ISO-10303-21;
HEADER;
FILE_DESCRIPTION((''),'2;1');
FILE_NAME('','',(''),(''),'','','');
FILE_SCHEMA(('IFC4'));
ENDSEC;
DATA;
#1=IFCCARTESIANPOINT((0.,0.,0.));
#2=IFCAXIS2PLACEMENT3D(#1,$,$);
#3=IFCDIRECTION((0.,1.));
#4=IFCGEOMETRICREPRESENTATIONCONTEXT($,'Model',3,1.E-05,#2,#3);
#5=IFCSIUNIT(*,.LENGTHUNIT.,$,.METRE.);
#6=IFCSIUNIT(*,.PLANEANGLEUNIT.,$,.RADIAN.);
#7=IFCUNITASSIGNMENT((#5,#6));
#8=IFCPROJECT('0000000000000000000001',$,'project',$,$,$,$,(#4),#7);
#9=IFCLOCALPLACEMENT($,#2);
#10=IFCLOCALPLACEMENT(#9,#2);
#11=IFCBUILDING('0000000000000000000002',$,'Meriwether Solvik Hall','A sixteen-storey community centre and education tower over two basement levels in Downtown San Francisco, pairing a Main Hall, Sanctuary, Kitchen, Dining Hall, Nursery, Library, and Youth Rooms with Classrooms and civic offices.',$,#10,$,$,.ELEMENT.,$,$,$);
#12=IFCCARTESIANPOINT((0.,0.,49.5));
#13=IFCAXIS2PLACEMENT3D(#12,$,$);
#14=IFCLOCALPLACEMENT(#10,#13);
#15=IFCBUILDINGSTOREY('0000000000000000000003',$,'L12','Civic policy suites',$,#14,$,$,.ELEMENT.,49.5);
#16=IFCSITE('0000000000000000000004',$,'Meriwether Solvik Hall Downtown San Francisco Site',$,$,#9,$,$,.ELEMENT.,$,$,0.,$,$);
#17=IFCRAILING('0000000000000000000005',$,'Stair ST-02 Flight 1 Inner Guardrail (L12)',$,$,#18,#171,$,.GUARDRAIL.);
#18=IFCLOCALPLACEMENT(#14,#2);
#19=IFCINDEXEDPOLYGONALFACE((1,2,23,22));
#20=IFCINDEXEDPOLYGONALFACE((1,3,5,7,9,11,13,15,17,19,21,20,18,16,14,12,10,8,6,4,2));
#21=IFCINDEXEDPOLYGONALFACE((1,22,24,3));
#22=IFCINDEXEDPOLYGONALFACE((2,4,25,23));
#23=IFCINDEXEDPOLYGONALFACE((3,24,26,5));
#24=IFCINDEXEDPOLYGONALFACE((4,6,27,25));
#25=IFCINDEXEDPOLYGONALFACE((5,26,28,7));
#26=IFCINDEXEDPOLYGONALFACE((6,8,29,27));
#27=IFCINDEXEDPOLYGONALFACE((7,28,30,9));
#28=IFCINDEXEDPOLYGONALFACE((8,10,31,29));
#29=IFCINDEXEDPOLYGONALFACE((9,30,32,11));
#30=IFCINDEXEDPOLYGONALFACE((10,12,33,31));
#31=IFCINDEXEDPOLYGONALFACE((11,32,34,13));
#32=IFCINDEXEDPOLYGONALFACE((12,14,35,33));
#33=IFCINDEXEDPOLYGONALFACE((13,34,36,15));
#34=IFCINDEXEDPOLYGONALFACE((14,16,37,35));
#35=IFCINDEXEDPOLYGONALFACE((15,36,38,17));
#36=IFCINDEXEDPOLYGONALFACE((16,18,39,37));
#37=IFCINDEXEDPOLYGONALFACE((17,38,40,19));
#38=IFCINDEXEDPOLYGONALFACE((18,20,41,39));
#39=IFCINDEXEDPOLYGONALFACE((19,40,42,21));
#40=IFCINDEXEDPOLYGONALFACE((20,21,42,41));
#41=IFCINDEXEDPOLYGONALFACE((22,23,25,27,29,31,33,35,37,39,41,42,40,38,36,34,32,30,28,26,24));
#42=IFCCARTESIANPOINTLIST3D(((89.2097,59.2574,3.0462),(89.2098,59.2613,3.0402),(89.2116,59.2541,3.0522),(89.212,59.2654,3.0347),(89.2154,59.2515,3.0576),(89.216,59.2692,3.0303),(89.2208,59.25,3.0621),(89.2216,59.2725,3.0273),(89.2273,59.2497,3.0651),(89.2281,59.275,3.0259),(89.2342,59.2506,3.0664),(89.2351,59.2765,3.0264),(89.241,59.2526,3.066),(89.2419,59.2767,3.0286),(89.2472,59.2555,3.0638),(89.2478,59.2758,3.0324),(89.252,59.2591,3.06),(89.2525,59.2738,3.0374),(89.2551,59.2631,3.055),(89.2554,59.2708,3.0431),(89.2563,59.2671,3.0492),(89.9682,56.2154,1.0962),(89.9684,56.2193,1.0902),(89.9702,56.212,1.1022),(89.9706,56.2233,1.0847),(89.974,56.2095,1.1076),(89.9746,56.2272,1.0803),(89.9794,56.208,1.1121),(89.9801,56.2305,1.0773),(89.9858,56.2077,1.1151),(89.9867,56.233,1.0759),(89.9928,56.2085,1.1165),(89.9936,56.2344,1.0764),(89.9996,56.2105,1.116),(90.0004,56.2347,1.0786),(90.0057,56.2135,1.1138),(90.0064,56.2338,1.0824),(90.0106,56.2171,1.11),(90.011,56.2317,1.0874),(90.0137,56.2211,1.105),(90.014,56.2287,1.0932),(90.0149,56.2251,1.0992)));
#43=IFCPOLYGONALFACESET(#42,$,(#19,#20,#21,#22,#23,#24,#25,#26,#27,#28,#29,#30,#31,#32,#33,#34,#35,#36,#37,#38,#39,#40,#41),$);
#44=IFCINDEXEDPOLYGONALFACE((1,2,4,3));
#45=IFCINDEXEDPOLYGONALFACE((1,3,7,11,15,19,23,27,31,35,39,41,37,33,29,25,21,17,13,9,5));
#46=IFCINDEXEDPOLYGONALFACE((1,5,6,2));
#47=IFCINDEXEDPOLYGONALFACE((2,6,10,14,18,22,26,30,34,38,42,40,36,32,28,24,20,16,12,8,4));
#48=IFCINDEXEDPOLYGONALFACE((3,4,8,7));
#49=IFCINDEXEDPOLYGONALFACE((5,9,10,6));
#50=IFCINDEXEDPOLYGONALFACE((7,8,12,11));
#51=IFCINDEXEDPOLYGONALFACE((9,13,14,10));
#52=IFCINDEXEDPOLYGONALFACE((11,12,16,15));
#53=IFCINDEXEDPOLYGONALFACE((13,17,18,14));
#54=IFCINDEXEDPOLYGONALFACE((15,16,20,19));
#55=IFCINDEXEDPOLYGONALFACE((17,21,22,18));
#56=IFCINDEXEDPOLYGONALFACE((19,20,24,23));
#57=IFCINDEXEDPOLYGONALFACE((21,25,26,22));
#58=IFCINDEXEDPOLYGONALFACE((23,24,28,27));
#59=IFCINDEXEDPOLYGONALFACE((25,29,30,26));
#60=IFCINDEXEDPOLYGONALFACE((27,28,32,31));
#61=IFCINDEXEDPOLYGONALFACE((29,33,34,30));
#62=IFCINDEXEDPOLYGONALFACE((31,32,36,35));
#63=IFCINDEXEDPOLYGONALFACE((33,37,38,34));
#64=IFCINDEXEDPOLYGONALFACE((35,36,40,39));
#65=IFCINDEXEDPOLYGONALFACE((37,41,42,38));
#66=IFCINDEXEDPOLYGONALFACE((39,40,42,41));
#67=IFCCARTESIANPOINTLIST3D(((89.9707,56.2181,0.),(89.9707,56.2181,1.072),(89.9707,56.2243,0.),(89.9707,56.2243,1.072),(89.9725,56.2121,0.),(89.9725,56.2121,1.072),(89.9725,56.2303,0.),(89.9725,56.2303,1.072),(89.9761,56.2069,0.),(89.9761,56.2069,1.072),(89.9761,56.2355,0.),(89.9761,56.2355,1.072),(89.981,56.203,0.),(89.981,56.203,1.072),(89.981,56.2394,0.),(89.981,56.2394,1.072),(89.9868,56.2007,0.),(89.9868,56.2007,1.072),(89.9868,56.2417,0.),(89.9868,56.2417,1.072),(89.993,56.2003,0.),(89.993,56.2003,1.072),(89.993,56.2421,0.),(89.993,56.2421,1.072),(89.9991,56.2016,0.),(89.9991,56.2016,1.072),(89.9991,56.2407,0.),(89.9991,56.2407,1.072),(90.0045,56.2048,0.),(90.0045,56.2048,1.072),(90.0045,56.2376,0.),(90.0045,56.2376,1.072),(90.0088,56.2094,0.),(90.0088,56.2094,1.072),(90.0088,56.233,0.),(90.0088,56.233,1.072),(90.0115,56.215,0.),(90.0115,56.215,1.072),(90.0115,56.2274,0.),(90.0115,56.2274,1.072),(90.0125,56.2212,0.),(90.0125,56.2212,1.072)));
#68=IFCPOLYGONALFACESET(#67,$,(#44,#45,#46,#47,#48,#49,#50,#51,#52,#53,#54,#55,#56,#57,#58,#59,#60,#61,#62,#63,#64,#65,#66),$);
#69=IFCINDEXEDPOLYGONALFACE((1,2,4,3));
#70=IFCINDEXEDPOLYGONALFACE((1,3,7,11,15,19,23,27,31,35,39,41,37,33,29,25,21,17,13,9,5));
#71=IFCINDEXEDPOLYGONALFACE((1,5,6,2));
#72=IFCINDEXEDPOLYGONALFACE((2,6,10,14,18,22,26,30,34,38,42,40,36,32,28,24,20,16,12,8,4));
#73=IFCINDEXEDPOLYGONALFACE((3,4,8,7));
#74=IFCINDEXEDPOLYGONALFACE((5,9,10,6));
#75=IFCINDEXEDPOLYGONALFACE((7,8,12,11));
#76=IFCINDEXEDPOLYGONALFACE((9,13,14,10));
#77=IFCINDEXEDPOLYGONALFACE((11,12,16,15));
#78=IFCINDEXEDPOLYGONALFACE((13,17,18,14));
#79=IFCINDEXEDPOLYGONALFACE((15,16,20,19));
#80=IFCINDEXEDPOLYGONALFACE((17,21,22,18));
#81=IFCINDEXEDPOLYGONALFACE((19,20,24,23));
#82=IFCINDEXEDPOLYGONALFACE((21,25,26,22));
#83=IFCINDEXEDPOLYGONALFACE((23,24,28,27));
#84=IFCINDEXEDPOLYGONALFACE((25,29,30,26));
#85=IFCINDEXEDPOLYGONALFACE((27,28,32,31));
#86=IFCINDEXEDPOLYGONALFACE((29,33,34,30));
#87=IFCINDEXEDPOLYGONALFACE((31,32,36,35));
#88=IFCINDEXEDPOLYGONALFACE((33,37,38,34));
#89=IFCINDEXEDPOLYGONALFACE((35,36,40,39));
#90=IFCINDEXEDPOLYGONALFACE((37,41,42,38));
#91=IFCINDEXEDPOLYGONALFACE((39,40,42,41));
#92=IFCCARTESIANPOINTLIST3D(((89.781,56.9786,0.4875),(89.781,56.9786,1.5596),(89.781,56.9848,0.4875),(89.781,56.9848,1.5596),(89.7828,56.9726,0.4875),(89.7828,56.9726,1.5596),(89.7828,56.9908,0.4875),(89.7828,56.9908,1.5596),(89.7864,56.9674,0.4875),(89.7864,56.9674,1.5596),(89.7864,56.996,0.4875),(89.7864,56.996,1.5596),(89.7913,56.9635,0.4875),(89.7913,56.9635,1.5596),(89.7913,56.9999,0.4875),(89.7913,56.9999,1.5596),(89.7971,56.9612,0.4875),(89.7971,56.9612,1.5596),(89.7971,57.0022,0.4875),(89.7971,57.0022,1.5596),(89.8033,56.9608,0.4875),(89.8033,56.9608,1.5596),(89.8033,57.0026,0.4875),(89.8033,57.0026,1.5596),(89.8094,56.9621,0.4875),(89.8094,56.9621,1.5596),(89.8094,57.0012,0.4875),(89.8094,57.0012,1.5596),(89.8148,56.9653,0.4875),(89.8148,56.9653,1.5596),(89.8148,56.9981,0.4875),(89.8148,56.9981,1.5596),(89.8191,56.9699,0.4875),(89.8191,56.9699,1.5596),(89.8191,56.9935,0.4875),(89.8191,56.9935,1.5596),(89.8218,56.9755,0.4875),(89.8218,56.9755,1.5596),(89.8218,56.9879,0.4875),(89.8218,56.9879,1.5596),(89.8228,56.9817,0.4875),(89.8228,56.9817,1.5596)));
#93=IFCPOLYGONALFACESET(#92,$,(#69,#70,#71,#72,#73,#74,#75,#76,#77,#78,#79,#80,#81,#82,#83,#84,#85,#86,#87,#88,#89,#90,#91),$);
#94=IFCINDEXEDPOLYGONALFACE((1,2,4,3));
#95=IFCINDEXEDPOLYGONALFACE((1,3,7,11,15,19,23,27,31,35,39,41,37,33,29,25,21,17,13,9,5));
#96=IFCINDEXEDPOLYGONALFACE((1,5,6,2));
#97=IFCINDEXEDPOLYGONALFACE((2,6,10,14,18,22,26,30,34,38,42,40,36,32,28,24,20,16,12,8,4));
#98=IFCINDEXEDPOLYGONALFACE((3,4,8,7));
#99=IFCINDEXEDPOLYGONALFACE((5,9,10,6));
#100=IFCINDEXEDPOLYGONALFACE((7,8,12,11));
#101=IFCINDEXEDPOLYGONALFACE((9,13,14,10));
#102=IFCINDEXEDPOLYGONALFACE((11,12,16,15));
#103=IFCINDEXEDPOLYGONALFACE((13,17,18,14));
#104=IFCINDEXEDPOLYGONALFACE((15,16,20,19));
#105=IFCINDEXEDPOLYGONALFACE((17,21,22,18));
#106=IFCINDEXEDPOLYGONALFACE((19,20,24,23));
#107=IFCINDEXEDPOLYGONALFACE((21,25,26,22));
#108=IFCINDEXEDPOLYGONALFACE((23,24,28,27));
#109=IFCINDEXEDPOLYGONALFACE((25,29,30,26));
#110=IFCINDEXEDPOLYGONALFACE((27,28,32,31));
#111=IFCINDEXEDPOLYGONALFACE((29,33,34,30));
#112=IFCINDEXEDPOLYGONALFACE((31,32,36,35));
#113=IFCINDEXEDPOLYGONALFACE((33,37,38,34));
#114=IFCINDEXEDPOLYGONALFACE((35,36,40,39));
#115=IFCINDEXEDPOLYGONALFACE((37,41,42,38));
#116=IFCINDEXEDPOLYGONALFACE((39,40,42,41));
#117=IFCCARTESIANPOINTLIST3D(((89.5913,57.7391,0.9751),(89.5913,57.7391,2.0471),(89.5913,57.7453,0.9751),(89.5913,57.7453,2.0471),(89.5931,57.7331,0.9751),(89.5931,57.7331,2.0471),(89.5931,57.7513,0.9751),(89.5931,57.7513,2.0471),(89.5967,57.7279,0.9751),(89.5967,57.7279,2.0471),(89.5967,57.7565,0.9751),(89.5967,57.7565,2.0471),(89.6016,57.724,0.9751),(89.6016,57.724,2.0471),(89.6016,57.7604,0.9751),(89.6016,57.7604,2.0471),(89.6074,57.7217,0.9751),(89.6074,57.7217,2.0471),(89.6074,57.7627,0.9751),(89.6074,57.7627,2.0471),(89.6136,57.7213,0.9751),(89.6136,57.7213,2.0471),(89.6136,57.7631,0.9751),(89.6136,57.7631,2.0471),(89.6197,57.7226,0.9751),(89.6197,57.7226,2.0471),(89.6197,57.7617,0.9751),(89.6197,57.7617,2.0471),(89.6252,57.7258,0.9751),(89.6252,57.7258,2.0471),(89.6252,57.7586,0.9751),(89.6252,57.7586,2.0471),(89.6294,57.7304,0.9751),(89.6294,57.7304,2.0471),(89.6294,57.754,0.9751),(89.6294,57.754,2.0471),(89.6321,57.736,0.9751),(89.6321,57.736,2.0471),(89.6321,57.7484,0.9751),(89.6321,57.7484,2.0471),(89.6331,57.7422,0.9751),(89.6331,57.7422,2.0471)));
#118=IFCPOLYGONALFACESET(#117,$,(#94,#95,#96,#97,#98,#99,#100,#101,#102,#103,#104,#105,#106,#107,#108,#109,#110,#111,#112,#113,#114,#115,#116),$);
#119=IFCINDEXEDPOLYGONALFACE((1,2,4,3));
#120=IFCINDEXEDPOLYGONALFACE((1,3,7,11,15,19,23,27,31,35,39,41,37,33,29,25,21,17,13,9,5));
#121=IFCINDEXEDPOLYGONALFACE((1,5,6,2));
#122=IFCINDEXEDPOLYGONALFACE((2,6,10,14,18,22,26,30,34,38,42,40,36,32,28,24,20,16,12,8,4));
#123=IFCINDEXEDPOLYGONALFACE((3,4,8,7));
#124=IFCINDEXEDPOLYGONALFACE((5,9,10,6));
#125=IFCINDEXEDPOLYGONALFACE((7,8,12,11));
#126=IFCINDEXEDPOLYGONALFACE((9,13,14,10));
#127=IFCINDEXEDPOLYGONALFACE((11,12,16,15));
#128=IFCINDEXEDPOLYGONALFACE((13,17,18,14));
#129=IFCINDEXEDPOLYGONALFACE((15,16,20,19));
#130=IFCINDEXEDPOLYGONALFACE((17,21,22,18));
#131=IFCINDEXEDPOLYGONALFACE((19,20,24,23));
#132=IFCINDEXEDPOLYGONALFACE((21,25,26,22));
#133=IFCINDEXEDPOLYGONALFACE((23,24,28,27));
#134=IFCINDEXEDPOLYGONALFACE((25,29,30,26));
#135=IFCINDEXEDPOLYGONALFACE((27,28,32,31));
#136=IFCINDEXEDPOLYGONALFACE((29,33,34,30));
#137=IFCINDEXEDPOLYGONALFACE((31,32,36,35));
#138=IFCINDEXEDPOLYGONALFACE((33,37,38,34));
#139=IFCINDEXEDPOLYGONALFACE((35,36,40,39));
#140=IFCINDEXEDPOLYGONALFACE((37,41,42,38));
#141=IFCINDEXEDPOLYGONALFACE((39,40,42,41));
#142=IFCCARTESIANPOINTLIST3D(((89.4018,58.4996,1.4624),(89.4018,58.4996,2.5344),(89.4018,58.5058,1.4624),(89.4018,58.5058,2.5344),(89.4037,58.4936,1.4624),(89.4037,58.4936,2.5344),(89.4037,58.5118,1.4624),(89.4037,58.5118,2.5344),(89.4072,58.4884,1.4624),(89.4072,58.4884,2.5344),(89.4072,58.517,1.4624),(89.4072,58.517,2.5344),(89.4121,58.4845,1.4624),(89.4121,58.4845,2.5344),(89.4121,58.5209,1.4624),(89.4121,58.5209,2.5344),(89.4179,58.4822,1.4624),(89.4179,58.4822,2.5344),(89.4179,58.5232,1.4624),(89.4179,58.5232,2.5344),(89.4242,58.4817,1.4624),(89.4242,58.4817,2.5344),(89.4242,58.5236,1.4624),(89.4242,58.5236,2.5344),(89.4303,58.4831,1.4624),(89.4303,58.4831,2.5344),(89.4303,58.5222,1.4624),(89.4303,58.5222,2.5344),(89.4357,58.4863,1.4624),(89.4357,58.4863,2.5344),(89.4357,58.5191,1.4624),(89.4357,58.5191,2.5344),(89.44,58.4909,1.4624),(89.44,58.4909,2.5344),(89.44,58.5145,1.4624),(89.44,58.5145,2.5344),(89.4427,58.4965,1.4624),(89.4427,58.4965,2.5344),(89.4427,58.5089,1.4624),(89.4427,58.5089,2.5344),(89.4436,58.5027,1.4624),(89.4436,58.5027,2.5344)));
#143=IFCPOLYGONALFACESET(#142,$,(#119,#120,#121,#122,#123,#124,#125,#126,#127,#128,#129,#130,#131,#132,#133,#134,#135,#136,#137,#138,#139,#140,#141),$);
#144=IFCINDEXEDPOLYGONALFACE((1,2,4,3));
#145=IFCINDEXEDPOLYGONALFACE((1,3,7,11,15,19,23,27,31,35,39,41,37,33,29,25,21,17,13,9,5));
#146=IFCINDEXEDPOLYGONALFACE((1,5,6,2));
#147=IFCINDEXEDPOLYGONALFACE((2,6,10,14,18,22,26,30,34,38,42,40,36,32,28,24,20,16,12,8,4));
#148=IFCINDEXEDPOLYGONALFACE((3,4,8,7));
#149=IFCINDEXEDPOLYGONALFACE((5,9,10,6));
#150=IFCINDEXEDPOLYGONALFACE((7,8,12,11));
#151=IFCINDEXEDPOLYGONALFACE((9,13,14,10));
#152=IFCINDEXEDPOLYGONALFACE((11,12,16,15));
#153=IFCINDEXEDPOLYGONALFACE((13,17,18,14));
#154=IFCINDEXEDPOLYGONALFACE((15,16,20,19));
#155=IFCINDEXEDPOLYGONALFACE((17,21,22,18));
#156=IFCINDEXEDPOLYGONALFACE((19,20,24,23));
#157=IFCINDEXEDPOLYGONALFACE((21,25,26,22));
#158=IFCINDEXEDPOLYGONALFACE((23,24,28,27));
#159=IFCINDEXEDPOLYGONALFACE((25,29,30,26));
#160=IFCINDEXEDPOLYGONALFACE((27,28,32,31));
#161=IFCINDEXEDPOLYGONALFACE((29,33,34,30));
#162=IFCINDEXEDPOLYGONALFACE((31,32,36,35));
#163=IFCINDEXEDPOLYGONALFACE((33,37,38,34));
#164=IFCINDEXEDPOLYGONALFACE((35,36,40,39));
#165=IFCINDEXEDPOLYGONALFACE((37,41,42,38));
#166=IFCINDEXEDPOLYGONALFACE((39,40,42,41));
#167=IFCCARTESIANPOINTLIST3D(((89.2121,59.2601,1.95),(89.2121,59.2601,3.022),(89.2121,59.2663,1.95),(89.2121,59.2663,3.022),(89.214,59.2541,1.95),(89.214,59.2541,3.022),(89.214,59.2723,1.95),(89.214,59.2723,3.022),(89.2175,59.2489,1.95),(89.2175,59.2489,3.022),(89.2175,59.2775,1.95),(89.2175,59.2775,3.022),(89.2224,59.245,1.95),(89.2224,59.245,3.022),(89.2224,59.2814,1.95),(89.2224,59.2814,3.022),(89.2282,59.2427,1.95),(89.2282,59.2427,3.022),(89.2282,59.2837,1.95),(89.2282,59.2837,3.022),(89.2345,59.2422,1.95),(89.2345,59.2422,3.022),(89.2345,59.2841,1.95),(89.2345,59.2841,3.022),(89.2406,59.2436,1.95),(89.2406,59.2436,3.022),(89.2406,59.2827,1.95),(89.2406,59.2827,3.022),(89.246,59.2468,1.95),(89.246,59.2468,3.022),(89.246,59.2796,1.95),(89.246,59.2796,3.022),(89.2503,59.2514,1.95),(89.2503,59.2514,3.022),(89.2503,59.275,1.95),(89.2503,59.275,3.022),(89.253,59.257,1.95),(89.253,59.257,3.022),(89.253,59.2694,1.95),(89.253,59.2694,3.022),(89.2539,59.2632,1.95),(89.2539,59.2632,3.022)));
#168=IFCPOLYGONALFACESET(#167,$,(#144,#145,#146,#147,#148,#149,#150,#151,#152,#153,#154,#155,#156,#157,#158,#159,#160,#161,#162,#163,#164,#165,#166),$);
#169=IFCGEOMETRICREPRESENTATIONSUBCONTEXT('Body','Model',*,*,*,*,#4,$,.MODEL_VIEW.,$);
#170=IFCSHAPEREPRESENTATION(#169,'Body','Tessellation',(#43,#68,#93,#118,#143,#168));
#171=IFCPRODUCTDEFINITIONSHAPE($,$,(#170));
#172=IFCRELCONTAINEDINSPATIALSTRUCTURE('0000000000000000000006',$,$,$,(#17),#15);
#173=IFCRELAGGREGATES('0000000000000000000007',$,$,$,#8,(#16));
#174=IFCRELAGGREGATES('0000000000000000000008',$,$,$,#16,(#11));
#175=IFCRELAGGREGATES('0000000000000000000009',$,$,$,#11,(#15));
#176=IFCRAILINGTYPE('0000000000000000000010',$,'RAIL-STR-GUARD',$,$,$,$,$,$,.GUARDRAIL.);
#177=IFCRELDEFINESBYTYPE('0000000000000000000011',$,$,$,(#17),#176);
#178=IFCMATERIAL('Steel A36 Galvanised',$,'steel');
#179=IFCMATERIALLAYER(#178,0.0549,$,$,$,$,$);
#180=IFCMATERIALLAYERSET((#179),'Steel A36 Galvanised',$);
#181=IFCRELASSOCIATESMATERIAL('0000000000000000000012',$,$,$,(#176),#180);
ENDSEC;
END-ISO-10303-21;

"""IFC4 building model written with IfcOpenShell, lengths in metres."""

from ifc_helpers import new_model, si_unit, direction, frame, origin, origin_2d, place, context, subcontext, project, spatial, circle, extrude, material, layer, layer_set, type_object, element, save


model = new_model("IFC4")

# Units and contexts
model_context = context("Model", 3, precision=1e-05, world=origin(), true_north=direction((0.0, 1.0)))
body_context = subcontext(model_context, "Body", "Model", "MODEL_VIEW")
ifc_project = project(units=[si_unit("LENGTHUNIT", "METRE"), si_unit("PLANEANGLEUNIT", "RADIAN")], contexts=[model_context])

# Site, building, storey
site_placement = place(None, origin())
site = spatial("IfcSite", under=ifc_project, at=site_placement, Name="Meriwether Solvik Hall Downtown San Francisco Site", CompositionType="ELEMENT", RefElevation=0.0)
building_placement = place(site_placement, origin())
building = spatial("IfcBuilding", under=site, at=building_placement, Name="Meriwether Solvik Hall", Description="A sixteen-storey community centre and education tower over two basement levels in Downtown San Francisco, pairing a Main Hall, Sanctuary, Kitchen, Dining Hall, Nursery, Library, and Youth Rooms with Classrooms and civic offices.", CompositionType="ELEMENT")
storey_placement = place(building_placement, frame((0.0, 0.0, 49.5)))
storey = spatial("IfcBuildingStorey", under=building, at=storey_placement, Name="L12", Description="Civic policy suites", CompositionType="ELEMENT", Elevation=49.5)

# Railing
ifc_material_1 = material(Name="Steel A36 Galvanised", Category="steel")
ifc_layer_1 = layer(ifc_material_1, 0.0549)
ifc_layer_set_1 = layer_set([ifc_layer_1], Name="Steel A36 Galvanised")
railing_type_1 = type_object("IfcRailingType", Name="RAIL-STR-GUARD", PredefinedType="GUARDRAIL", material=ifc_layer_set_1)
railing_1_placement = place(storey_placement, frame((89.9915, 56.2212, 0.0)))
element("IfcRailing", 1, at=railing_1_placement, inside=storey, type_object=railing_type_1, Name="Stair ST-02 Flight 1 Inner Guardrail (L12)", PredefinedType="GUARDRAIL", context=body_context, shape_type="SweptSolid", body=[
    extrude(circle(Radius=0.0239, at=origin_2d()), frame((0.0, 0.0, 1.0962), z_axis=(-0.205452, 0.823925, 0.528145), x_axis=(-0.970289, -0.241949, 0.0)), (0.0, 0.0, 1.0), 3.6921),
    extrude(circle(Radius=0.021, at=origin_2d()), origin(), (0.0, 0.0, 1.0), 1.072),
    extrude(circle(Radius=0.021, at=origin_2d()), frame((-0.1897, 0.7605, 0.4875)), (0.0, 0.0, 1.0), 1.072),
    extrude(circle(Radius=0.021, at=origin_2d()), frame((-0.3794, 1.521, 0.9751)), (0.0, 0.0, 1.0), 1.072),
    extrude(circle(Radius=0.021, at=origin_2d()), frame((-0.5688, 2.2815, 1.4624)), (0.0, 0.0, 1.0), 1.072),
    extrude(circle(Radius=0.021, at=origin_2d()), frame((-0.7585, 3.042, 1.95)), (0.0, 0.0, 1.0), 1.072),
])

save(model, "model.ifc")
